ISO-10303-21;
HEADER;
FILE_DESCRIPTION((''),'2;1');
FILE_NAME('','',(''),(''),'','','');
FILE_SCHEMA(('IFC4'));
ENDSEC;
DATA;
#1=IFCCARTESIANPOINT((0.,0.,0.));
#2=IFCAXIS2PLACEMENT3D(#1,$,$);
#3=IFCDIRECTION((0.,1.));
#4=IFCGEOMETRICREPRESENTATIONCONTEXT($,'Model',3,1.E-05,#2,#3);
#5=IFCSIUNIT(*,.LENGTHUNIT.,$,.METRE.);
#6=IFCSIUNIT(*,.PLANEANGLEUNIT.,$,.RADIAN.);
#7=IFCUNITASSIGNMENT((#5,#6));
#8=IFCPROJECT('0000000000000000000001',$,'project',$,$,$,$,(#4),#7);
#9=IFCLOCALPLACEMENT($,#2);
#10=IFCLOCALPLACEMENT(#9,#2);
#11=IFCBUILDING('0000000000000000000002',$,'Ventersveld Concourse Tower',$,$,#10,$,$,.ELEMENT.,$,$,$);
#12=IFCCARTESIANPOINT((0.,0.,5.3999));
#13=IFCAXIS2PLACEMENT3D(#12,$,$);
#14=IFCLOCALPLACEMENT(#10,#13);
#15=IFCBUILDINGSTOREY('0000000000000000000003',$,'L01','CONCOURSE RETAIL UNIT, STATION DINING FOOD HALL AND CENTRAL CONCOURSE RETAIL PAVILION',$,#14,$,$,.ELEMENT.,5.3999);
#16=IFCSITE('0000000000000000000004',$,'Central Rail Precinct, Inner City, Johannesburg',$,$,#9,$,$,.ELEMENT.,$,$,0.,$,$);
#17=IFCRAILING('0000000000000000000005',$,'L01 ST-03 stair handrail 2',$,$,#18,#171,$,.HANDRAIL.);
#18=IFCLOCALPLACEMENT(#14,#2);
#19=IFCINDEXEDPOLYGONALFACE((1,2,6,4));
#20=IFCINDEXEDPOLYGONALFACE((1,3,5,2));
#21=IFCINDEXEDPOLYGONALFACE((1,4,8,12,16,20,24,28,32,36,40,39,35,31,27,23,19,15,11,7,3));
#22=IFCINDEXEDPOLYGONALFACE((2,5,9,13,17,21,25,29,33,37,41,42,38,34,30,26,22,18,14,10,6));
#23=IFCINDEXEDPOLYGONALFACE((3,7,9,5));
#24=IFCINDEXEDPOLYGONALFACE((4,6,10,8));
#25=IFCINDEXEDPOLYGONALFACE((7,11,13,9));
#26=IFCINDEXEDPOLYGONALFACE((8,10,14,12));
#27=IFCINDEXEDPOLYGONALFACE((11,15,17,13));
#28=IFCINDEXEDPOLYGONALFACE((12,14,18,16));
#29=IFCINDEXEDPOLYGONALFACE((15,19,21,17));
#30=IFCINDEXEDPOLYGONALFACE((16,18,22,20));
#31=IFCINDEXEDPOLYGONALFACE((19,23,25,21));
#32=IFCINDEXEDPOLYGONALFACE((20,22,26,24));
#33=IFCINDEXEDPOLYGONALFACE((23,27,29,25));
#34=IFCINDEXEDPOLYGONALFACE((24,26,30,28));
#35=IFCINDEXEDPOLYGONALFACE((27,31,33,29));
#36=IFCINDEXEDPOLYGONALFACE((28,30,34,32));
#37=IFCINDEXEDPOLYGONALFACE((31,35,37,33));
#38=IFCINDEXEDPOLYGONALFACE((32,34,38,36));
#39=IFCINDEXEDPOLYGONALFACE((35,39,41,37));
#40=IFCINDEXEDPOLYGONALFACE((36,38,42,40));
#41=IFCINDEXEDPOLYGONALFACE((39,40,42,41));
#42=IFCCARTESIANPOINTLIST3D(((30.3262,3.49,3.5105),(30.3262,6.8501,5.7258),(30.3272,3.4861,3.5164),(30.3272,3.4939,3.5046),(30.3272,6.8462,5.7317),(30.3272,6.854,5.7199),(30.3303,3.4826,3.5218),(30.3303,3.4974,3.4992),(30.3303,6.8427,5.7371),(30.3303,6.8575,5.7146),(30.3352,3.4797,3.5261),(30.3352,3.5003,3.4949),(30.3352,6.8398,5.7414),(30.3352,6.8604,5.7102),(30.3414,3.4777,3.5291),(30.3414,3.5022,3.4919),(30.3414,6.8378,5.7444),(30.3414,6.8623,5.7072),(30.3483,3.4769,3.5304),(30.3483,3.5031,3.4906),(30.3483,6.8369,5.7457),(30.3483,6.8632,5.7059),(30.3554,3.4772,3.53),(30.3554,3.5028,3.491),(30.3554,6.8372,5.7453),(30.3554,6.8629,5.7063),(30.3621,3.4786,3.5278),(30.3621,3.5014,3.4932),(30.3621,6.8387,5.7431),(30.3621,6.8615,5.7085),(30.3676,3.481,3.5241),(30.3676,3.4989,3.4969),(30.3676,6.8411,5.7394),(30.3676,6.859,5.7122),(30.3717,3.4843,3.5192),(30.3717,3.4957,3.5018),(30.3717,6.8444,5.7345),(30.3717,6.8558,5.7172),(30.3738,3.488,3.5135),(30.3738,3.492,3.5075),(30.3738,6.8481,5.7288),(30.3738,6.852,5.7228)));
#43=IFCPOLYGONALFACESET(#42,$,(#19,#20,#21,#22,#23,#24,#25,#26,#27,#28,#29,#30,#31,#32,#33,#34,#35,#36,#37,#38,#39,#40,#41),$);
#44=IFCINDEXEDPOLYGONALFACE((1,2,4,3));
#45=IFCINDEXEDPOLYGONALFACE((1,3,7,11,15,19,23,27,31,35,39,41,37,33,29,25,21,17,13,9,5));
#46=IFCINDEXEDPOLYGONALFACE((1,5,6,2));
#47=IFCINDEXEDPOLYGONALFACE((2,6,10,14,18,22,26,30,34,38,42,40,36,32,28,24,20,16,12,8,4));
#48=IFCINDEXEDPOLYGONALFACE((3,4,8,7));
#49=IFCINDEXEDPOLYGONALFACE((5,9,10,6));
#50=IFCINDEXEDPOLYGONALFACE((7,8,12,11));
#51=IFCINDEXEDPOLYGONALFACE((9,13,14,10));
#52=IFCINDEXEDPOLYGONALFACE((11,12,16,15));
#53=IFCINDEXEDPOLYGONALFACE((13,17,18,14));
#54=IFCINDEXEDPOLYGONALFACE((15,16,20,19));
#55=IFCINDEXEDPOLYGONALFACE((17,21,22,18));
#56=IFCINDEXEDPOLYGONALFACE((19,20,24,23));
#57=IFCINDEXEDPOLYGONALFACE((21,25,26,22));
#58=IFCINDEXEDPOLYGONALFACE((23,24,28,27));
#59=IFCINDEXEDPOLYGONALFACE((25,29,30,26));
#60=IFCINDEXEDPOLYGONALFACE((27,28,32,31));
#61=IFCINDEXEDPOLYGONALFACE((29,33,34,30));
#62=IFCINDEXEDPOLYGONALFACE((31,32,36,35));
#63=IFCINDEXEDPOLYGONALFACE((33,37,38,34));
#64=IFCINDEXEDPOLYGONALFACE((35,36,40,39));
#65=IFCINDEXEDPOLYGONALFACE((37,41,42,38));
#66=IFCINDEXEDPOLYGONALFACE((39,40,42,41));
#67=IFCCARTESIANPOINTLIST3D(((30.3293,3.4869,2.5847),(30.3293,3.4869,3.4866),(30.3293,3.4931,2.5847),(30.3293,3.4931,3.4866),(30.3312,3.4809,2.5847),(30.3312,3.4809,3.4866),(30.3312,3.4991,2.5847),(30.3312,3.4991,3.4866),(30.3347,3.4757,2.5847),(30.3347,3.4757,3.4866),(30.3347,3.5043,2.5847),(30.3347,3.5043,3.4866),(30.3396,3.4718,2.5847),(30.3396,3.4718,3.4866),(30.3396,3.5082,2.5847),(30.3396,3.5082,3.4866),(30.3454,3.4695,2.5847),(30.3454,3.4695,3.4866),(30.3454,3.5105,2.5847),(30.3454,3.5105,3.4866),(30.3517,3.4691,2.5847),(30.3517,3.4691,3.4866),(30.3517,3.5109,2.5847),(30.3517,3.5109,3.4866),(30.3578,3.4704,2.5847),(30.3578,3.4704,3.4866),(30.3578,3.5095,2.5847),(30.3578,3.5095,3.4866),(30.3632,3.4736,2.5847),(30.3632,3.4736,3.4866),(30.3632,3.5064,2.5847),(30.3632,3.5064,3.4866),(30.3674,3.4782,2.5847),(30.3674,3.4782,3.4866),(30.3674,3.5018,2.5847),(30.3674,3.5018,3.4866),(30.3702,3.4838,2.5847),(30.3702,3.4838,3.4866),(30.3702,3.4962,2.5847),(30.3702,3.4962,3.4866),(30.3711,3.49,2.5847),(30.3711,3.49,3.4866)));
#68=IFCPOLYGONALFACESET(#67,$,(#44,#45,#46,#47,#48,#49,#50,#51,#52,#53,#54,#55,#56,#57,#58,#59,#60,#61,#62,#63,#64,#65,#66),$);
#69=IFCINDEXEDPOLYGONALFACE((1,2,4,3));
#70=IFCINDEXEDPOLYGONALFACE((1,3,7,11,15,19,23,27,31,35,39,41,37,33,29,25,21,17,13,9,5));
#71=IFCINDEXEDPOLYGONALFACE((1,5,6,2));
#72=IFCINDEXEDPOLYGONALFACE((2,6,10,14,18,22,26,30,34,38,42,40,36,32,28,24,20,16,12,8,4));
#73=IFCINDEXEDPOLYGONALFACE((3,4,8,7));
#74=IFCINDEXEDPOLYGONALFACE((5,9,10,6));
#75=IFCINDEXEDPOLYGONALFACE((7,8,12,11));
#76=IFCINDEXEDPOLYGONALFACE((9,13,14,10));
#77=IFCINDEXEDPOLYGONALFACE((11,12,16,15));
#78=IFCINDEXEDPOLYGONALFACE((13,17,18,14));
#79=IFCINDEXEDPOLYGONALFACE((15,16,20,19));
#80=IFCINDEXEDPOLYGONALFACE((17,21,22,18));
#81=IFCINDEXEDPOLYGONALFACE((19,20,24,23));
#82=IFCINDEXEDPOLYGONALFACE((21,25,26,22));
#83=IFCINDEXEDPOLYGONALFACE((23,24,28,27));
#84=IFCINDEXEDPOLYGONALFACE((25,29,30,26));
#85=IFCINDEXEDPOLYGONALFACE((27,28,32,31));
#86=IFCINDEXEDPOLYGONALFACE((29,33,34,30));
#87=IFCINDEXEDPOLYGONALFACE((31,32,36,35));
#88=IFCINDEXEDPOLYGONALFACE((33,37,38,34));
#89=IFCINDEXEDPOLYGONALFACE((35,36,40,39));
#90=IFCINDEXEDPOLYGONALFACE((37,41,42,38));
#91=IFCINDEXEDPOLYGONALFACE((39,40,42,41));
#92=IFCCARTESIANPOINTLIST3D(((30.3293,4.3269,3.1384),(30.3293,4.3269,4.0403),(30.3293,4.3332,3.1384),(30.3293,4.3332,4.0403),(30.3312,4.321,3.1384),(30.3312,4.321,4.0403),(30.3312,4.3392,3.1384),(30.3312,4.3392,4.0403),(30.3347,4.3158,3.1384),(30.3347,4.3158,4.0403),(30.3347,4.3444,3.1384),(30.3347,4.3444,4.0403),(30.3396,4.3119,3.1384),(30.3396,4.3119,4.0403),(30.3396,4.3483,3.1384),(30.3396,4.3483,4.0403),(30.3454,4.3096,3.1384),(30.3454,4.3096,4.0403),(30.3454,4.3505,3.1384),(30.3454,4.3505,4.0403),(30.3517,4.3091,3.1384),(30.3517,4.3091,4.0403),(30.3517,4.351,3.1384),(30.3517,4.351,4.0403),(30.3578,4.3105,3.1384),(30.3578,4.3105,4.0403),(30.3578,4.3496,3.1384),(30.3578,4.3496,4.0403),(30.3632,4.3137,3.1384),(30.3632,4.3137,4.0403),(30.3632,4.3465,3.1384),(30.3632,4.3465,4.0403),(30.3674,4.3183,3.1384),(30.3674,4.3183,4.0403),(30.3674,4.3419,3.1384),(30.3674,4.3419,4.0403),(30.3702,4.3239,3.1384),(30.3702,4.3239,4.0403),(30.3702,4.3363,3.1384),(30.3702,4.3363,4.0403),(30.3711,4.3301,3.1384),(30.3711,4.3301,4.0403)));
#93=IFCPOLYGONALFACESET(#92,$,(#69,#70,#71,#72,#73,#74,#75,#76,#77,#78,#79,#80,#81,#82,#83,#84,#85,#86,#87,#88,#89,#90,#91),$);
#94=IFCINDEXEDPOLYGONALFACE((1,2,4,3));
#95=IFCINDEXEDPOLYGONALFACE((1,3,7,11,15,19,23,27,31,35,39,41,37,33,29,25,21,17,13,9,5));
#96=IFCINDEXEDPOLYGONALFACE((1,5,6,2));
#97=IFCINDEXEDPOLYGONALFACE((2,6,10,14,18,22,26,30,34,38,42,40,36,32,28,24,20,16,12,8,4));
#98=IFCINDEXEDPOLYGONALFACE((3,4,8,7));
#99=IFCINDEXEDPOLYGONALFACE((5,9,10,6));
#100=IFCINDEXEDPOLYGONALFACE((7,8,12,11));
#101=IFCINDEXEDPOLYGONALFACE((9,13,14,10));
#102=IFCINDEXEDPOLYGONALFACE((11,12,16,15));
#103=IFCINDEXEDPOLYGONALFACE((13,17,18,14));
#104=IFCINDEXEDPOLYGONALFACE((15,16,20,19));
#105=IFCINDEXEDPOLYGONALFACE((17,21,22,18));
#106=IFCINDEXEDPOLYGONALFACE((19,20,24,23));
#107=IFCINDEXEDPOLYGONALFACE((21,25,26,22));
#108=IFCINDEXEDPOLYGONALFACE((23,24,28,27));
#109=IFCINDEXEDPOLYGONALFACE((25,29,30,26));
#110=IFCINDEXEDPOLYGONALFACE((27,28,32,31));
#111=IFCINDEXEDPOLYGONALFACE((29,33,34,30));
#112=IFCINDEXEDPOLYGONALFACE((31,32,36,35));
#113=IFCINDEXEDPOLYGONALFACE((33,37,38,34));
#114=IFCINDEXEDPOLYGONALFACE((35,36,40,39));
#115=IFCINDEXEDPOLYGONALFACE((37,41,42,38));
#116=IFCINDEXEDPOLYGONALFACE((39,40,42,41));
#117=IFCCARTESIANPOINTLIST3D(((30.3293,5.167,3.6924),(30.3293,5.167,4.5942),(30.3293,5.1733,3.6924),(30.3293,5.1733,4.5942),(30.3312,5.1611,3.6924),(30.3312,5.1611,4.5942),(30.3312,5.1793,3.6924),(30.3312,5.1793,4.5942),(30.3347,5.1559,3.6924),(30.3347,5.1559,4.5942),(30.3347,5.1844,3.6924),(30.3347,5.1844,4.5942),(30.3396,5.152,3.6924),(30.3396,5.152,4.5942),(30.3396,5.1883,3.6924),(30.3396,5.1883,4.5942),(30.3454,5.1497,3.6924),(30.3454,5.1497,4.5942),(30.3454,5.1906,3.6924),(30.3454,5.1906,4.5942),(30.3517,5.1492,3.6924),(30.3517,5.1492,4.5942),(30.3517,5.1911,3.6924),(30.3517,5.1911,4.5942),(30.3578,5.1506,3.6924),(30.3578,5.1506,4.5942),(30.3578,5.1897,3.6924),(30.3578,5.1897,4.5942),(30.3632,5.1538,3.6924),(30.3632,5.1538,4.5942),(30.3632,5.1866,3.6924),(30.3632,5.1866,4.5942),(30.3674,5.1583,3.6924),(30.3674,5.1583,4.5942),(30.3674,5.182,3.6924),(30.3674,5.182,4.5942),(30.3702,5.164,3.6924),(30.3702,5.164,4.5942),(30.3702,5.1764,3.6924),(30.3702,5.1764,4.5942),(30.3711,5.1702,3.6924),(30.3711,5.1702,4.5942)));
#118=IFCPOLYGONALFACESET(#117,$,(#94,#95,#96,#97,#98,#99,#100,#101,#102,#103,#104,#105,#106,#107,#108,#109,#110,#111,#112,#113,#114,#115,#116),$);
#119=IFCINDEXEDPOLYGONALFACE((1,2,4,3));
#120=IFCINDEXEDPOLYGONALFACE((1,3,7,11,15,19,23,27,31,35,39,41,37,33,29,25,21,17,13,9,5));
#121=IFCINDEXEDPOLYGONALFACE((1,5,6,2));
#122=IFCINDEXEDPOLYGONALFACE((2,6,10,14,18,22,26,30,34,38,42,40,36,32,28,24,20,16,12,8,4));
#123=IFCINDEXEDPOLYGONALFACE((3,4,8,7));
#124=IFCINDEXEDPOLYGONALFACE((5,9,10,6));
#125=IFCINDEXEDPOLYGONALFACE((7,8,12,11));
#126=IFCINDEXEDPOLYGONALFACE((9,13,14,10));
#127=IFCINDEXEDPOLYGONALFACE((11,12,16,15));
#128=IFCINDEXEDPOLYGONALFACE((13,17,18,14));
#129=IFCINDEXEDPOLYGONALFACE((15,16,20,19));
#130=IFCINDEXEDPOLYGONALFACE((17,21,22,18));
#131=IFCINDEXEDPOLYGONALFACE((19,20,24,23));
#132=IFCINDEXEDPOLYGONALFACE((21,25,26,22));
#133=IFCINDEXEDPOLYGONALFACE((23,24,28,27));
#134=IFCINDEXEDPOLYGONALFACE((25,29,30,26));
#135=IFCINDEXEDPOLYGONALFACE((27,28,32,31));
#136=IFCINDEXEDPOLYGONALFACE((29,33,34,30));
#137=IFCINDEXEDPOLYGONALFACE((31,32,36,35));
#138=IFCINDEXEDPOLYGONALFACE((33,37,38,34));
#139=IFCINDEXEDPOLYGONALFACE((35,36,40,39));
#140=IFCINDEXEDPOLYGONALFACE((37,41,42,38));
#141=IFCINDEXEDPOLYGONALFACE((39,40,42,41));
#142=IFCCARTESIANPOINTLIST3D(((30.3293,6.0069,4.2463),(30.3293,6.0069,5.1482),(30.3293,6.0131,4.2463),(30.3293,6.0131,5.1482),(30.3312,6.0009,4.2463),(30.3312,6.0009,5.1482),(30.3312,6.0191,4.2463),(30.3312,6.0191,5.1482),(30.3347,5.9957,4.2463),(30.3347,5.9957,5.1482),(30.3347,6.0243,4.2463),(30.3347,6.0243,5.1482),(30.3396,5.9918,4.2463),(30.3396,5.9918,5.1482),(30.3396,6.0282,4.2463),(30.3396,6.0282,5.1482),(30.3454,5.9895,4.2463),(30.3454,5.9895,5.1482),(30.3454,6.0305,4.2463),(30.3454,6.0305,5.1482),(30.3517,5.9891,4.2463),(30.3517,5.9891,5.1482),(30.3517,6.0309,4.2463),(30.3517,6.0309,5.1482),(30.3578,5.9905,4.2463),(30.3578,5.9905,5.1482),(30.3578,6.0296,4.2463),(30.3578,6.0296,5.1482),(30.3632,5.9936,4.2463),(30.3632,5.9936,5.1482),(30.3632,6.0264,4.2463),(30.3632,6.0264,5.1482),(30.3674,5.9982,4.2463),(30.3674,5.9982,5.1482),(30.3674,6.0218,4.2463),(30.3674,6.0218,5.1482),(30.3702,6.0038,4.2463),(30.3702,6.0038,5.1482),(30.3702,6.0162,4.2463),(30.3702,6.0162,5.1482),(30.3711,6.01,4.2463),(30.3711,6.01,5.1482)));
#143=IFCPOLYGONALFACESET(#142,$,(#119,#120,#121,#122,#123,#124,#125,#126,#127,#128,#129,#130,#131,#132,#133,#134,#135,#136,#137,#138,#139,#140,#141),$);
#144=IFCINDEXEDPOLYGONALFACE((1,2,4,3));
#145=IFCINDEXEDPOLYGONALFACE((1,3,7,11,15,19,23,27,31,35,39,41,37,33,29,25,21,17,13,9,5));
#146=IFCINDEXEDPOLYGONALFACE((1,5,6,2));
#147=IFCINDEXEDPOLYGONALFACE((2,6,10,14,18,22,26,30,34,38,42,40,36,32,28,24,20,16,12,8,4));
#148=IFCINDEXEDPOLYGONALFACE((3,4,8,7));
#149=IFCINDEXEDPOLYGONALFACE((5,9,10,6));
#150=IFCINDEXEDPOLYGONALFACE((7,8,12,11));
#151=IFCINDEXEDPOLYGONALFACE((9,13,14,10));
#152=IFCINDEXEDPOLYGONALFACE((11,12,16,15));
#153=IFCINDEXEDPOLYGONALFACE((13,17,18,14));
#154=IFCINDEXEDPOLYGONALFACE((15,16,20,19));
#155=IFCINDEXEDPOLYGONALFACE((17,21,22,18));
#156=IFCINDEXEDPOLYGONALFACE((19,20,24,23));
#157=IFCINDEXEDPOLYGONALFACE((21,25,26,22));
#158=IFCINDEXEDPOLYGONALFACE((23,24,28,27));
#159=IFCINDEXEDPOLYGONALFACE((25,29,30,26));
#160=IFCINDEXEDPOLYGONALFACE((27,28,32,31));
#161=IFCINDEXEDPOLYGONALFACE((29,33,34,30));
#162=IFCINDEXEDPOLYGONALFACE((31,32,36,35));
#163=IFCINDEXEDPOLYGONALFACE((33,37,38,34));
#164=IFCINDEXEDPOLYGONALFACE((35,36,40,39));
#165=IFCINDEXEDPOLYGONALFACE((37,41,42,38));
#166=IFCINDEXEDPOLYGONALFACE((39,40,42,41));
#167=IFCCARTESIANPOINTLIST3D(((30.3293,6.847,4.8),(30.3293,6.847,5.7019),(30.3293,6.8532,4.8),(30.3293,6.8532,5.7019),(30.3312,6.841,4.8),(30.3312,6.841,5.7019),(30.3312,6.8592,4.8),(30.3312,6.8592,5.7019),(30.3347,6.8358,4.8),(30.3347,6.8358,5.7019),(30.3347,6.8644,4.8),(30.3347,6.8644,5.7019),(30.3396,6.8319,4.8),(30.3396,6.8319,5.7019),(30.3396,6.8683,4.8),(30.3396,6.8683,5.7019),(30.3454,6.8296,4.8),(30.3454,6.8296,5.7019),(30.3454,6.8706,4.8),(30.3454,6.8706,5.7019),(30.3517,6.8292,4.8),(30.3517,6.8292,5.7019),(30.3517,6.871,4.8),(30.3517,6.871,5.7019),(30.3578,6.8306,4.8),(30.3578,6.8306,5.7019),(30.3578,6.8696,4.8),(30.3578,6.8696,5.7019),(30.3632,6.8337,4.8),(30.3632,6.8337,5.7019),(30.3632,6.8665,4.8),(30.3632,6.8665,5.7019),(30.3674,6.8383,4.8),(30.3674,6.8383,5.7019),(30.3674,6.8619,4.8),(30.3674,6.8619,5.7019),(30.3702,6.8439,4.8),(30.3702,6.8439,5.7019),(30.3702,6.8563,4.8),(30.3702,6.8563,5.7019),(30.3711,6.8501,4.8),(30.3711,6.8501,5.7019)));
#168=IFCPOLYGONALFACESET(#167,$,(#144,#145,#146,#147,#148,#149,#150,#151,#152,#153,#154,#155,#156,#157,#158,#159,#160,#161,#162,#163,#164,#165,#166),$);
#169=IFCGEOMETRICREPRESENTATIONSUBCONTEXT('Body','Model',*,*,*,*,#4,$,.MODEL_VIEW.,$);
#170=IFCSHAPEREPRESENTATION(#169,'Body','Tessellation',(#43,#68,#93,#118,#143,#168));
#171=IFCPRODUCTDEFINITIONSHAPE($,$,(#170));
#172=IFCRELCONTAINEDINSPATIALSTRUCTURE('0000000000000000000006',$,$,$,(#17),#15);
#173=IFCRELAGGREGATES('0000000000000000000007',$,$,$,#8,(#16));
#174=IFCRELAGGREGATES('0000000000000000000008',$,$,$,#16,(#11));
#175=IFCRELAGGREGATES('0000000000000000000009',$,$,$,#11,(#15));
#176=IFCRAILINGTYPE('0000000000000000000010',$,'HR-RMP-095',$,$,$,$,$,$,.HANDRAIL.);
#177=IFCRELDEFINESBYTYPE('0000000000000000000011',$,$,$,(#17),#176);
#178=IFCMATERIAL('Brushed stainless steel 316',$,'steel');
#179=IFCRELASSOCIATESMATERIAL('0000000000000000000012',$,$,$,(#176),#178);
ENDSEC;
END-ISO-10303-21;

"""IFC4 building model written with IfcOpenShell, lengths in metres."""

from ifc_helpers import new_model, si_unit, direction, frame, origin, origin_2d, place, context, subcontext, project, spatial, circle, extrude, material, type_object, element, save


model = new_model("IFC4")

# Units and contexts
model_context = context("Model", 3, precision=1e-05, world=origin(), true_north=direction((0.0, 1.0)))
body_context = subcontext(model_context, "Body", "Model", "MODEL_VIEW")
ifc_project = project(units=[si_unit("LENGTHUNIT", "METRE"), si_unit("PLANEANGLEUNIT", "RADIAN")], contexts=[model_context])

# Site, building, storey
site_placement = place(None, origin())
site = spatial("IfcSite", under=ifc_project, at=site_placement, Name="Central Rail Precinct, Inner City, Johannesburg", CompositionType="ELEMENT", RefElevation=0.0)
building_placement = place(site_placement, origin())
building = spatial("IfcBuilding", under=site, at=building_placement, Name="Ventersveld Concourse Tower", CompositionType="ELEMENT")
storey_placement = place(building_placement, frame((0.0, 0.0, 5.3999)))
storey = spatial("IfcBuildingStorey", under=building, at=storey_placement, Name="L01", Description="CONCOURSE RETAIL UNIT, STATION DINING FOOD HALL AND CENTRAL CONCOURSE RETAIL PAVILION", CompositionType="ELEMENT", Elevation=5.3999)

# Shared definitions
ifc_material_1 = material(Name="Brushed stainless steel 316", Category="steel")

# Railing
railing_type_1 = type_object("IfcRailingType", Name="HR-RMP-095", PredefinedType="HANDRAIL", material=ifc_material_1)
railing_1_placement = place(storey_placement, frame((30.3501, 3.49, 2.5847)))
element("IfcRailing", 1, at=railing_1_placement, inside=storey, type_object=railing_type_1, Name="L01 ST-03 stair handrail 2", PredefinedType="HANDRAIL", context=body_context, shape_type="SweptSolid", body=[
    extrude(circle(Radius=0.0239, at=origin_2d()), frame((0.0, 0.0, 0.9258), z_axis=(0.0, 0.834876, 0.550437), x_axis=(-1.0, 0.0, 0.0)), (0.0, 0.0, 1.0), 4.0247),
    extrude(circle(Radius=0.021, at=origin_2d()), origin(), (0.0, 0.0, 1.0), 0.9019),
    extrude(circle(Radius=0.021, at=origin_2d()), frame((0.0, 0.8401, 0.5537)), (0.0, 0.0, 1.0), 0.9019),
    extrude(circle(Radius=0.021, at=origin_2d()), frame((0.0, 1.6802, 1.1077)), (0.0, 0.0, 1.0), 0.9019),
    extrude(circle(Radius=0.021, at=origin_2d()), frame((0.0, 2.52, 1.6616)), (0.0, 0.0, 1.0), 0.9019),
    extrude(circle(Radius=0.021, at=origin_2d()), frame((0.0, 3.3601, 2.2153)), (0.0, 0.0, 1.0), 0.9019),
])

save(model, "model.ifc")
